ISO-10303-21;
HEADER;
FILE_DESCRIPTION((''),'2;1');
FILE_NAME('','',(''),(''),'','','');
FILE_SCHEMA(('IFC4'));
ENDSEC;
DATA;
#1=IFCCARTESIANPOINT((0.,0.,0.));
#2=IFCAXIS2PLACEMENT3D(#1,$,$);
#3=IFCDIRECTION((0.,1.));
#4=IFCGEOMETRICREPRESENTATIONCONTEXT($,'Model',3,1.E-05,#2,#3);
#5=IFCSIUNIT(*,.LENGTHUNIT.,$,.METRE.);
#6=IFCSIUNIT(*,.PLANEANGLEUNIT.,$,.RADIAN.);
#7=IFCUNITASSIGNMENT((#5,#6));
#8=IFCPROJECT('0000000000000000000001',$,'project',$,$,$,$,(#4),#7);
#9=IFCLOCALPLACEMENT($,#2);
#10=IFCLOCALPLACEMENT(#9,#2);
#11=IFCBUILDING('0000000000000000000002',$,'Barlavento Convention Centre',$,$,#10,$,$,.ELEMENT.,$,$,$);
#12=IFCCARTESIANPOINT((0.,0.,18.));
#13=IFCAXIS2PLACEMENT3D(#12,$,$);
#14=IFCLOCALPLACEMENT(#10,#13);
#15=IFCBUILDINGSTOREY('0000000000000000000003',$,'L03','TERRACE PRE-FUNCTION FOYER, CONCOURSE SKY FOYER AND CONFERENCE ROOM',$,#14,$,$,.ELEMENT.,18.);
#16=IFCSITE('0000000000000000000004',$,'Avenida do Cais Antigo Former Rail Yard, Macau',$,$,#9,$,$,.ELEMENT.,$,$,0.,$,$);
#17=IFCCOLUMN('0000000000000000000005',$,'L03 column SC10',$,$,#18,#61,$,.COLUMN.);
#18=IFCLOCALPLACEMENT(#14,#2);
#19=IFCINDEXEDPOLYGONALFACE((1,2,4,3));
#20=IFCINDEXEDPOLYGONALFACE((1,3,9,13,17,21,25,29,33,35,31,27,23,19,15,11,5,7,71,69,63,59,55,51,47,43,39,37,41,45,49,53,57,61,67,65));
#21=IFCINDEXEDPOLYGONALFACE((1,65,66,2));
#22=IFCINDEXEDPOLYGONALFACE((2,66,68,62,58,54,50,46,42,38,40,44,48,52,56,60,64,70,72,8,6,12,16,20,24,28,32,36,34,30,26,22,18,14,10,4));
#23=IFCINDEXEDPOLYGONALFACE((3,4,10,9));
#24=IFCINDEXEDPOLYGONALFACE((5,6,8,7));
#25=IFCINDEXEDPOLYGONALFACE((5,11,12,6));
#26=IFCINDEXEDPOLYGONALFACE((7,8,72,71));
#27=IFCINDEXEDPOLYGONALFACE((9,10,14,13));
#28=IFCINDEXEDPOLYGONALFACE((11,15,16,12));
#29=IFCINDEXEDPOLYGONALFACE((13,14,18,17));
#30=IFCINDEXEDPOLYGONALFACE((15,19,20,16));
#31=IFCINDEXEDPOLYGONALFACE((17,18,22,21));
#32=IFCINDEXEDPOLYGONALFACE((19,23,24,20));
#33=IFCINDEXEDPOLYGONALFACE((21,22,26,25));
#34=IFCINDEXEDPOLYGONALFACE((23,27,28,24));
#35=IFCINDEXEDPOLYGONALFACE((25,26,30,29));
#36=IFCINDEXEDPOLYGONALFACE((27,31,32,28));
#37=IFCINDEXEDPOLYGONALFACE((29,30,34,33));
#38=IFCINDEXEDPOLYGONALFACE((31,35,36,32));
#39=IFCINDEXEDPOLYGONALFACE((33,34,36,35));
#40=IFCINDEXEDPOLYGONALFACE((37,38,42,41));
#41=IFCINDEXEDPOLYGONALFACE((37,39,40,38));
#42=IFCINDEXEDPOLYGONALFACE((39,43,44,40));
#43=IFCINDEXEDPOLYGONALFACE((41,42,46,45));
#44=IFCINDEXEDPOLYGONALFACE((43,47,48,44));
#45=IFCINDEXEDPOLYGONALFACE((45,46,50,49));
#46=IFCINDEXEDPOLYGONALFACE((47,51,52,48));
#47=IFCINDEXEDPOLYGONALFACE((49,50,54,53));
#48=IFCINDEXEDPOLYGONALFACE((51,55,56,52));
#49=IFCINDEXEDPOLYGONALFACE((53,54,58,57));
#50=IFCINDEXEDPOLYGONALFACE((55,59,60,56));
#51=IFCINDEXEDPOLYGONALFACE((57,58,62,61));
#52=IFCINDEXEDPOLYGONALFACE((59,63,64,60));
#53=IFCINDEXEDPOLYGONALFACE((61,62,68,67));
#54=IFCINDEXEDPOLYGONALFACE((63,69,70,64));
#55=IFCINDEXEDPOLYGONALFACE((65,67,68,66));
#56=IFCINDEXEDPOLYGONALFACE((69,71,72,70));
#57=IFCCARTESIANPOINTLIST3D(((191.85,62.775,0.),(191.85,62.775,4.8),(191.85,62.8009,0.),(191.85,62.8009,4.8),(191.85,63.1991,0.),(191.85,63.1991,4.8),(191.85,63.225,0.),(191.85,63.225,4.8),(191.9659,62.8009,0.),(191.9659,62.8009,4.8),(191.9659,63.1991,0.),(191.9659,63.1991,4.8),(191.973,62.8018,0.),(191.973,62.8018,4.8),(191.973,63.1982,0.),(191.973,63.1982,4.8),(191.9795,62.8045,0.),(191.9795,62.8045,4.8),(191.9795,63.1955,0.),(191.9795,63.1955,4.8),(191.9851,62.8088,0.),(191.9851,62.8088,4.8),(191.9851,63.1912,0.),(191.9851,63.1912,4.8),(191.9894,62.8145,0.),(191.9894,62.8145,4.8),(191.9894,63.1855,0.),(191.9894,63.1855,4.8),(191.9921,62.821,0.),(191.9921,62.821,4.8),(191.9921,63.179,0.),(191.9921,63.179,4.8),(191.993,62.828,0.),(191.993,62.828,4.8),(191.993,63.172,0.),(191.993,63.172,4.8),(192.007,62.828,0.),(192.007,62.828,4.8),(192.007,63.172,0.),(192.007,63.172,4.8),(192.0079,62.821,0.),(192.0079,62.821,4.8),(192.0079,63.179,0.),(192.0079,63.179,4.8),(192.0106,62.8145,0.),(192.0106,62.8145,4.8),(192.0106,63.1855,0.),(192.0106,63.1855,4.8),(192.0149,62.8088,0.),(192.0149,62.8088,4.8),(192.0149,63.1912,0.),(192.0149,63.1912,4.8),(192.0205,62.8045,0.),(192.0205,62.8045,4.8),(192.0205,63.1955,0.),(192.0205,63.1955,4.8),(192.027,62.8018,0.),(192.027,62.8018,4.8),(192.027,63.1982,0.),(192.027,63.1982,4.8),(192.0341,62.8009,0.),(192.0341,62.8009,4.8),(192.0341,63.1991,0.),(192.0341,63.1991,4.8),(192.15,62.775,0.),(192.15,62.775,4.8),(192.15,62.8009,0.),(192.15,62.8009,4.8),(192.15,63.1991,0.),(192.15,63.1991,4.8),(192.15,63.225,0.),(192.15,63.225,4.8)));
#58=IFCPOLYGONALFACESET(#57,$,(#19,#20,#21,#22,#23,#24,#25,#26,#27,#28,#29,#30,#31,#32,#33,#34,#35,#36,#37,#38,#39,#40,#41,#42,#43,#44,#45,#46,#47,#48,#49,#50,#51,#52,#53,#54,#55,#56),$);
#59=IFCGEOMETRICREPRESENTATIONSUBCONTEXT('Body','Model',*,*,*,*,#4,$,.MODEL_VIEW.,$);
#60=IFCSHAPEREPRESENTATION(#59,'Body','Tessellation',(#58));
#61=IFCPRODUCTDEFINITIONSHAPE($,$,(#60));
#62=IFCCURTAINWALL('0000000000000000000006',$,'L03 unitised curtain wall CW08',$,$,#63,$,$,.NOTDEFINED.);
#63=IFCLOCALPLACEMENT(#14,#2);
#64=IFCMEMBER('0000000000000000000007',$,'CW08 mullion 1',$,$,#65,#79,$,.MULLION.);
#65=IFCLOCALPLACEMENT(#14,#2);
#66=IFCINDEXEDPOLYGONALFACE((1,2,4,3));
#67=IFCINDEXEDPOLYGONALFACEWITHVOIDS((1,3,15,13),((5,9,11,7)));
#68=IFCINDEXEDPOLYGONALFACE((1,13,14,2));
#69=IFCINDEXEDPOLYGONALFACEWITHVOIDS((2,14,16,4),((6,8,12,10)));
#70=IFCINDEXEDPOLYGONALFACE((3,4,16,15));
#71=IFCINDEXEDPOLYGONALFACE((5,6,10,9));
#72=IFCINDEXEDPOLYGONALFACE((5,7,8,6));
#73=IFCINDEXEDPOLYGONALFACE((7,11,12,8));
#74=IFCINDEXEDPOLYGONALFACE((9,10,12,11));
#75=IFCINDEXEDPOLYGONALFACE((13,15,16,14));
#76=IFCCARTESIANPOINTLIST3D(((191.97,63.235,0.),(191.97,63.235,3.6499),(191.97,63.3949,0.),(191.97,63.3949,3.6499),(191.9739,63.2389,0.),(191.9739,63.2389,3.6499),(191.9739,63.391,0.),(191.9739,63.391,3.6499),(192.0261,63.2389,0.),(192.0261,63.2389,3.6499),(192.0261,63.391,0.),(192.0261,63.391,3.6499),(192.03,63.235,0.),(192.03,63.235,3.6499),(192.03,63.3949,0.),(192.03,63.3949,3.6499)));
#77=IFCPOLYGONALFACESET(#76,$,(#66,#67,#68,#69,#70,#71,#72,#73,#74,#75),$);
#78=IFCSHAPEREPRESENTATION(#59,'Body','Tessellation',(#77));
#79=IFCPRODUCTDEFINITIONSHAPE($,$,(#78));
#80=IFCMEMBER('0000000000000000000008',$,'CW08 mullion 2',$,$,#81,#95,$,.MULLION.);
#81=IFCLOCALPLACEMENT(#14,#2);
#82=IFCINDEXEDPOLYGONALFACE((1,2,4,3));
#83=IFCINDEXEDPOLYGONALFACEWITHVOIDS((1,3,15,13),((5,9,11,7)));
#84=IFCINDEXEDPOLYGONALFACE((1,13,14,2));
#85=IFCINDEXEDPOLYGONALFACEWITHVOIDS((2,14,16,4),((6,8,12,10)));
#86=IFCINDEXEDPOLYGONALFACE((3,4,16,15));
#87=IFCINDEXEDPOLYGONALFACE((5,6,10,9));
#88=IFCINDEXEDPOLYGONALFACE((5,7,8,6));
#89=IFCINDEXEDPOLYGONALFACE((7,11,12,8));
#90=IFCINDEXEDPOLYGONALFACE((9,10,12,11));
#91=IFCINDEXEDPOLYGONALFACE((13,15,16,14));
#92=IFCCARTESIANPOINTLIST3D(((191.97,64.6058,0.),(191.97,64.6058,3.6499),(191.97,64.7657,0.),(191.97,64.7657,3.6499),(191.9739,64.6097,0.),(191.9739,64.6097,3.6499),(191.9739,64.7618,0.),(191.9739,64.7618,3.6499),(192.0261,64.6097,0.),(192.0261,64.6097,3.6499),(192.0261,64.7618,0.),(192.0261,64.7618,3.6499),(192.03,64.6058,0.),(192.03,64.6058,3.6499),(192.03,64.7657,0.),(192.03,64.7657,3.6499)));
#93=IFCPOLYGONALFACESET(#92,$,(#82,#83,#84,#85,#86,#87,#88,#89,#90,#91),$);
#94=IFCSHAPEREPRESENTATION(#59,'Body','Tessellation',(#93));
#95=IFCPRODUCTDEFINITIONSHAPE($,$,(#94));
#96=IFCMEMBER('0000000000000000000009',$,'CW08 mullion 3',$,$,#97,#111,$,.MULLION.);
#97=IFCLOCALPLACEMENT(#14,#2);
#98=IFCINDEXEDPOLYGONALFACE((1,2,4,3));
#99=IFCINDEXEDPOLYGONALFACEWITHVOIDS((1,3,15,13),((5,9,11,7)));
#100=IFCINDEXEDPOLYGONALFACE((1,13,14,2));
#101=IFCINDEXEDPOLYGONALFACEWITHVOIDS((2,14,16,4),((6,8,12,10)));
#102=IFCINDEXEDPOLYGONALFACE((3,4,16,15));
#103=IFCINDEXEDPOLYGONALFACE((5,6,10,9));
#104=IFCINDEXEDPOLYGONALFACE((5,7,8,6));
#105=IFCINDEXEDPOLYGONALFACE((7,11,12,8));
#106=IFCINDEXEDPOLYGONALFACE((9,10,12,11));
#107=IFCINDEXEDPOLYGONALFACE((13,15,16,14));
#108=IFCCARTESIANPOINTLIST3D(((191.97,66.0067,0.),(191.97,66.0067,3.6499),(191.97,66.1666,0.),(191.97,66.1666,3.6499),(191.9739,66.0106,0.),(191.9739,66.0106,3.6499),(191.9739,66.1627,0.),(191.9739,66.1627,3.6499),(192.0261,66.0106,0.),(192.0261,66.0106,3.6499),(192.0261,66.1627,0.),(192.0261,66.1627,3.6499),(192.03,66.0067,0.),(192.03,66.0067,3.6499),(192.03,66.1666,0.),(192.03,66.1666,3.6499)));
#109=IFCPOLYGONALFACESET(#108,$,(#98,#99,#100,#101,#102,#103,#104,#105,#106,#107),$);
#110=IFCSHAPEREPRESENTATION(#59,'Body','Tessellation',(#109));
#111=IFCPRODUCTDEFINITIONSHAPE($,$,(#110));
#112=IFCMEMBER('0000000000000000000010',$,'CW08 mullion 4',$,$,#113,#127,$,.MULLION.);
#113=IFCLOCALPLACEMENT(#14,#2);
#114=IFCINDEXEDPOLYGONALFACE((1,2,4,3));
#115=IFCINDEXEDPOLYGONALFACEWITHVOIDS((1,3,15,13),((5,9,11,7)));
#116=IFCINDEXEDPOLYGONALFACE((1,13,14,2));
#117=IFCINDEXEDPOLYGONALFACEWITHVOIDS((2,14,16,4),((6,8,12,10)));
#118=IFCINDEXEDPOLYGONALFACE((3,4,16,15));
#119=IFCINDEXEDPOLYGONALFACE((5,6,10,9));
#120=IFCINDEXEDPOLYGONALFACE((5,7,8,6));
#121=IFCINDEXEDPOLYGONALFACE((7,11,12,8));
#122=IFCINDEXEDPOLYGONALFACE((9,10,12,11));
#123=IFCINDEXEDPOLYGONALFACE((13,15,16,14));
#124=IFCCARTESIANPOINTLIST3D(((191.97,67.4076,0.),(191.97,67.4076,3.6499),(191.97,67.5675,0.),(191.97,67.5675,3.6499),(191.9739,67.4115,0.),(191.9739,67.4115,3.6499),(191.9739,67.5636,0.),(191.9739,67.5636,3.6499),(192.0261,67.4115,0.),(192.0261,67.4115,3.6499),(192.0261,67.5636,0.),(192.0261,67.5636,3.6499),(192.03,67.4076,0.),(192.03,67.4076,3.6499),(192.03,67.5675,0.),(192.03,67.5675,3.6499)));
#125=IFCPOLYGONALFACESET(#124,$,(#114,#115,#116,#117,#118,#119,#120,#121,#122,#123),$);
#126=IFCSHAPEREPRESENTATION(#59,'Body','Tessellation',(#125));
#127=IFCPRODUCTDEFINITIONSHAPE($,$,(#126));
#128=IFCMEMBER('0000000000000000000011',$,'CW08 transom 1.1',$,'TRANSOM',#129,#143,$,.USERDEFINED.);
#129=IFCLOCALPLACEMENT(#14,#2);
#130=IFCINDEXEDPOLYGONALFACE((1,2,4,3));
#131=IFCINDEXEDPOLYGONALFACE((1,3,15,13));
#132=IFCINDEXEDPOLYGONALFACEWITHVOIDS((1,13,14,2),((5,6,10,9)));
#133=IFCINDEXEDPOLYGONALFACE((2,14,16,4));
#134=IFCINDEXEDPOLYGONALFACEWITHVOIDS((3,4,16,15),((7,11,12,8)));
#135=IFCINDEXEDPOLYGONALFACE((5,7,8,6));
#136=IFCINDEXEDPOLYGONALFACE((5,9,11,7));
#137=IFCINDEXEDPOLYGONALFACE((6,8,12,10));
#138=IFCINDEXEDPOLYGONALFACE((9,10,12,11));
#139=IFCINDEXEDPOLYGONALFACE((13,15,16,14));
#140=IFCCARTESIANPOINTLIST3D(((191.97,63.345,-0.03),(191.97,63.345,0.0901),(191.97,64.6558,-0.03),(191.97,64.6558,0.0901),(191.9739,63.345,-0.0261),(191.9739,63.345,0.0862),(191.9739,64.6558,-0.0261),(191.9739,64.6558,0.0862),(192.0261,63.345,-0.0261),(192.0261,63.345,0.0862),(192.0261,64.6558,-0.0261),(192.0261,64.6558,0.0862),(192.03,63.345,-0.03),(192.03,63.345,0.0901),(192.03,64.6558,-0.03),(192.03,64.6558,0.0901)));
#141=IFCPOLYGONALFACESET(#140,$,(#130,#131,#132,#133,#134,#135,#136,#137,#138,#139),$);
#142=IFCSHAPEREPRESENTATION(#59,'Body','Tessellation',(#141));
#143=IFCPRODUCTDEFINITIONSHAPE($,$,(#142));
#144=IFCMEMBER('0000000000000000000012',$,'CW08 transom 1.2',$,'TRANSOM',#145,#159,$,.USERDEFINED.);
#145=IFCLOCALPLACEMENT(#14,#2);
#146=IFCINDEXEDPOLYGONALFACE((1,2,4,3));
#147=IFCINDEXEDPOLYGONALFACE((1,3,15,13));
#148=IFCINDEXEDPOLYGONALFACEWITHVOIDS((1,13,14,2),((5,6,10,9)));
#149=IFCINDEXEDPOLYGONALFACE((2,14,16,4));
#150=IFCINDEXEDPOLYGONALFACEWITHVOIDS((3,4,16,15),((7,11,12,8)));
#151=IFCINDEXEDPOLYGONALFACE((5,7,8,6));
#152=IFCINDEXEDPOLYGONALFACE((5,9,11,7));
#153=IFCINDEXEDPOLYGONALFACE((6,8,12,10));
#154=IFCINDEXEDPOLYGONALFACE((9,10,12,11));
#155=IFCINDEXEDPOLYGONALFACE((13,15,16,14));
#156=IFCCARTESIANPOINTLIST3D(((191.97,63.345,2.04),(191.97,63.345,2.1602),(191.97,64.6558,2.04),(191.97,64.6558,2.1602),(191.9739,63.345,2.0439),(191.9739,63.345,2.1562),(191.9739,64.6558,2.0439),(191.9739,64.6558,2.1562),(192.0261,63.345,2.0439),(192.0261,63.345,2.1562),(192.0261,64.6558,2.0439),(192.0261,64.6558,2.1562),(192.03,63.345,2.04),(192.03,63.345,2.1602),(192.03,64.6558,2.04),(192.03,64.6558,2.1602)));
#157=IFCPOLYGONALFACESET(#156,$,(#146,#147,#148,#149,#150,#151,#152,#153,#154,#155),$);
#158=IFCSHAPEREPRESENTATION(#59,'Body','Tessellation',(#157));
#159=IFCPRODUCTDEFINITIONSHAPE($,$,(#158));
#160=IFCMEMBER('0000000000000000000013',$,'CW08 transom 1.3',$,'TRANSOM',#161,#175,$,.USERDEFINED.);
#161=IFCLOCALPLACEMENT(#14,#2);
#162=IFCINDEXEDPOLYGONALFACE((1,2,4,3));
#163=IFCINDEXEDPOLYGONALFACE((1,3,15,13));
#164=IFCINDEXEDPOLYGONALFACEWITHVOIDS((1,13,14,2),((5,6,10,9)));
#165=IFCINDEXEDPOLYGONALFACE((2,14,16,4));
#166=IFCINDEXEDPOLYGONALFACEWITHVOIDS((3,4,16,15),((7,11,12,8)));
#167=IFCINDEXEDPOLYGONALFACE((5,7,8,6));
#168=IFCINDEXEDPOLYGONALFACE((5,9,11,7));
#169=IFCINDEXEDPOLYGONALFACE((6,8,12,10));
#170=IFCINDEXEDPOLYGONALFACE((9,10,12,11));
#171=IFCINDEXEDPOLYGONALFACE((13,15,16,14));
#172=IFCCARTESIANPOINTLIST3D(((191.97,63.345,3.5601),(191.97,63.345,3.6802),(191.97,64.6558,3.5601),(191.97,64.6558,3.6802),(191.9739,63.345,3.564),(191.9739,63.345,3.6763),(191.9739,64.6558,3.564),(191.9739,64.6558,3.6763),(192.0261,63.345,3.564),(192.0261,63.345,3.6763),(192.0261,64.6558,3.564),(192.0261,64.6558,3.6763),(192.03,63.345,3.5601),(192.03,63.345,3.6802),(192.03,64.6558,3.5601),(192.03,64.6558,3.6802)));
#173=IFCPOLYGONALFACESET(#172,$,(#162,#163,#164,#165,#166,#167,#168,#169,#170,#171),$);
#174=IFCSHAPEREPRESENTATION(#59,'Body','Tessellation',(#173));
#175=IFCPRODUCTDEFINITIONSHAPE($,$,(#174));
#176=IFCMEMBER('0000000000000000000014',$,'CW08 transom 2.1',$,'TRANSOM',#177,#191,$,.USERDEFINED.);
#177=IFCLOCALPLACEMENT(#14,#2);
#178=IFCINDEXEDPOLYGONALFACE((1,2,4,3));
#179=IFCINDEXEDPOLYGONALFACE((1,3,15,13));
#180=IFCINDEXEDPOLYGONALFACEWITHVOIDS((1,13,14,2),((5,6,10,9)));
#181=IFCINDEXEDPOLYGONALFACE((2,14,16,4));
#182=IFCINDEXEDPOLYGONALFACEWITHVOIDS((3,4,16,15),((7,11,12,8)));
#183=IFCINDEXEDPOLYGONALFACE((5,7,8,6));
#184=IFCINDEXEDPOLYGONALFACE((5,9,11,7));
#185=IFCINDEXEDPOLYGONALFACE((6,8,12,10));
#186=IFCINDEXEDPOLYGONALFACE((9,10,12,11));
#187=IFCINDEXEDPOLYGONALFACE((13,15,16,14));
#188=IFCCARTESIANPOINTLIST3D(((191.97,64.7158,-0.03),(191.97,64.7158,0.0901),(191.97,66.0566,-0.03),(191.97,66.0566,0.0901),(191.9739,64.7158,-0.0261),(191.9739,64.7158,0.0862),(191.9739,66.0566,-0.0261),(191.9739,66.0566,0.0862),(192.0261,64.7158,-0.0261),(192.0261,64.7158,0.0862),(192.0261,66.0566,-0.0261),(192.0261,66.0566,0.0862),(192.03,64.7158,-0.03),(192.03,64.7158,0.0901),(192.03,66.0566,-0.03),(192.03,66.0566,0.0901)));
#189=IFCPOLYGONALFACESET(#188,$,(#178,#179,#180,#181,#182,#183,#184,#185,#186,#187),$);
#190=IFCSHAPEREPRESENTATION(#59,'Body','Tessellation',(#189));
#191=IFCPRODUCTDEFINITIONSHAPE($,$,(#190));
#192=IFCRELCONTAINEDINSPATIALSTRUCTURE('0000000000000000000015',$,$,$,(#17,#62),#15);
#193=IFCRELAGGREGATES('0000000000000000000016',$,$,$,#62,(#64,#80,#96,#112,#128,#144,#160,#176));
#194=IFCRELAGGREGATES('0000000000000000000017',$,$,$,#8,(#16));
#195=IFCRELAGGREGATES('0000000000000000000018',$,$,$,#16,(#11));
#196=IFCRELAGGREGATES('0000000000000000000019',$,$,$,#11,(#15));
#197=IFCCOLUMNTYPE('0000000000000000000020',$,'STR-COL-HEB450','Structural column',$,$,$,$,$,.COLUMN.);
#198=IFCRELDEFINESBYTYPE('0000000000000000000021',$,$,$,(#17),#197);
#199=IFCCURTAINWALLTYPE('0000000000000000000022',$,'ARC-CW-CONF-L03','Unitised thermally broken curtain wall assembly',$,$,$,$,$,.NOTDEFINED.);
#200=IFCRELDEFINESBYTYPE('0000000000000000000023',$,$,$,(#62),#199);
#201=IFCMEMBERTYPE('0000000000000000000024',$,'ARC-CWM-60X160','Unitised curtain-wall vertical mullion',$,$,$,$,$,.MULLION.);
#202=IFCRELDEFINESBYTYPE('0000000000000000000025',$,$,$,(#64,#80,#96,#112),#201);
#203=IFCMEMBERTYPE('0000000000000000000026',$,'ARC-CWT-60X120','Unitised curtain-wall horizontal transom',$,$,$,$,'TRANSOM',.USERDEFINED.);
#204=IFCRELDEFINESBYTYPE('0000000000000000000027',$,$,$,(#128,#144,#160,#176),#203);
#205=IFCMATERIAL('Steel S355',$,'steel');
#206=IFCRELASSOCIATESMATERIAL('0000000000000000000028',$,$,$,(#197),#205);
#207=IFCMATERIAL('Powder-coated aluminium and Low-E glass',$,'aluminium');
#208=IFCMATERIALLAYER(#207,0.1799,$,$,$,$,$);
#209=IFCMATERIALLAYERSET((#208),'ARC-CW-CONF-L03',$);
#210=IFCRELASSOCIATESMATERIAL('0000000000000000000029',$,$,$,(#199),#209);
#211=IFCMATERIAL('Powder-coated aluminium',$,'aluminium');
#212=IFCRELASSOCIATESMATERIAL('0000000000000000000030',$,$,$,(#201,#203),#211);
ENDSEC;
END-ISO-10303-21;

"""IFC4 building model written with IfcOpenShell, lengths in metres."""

from ifc_helpers import new_model, si_unit, direction, frame, origin, origin_2d, place, context, subcontext, project, spatial, hollow_rectangle, i_section, extrude, material, layer, layer_set, material_profile, profile_set, type_object, element, aggregate, save


model = new_model("IFC4")

# Units and contexts
model_context = context("Model", 3, precision=1e-05, world=origin(), true_north=direction((0.0, 1.0)))
body_context = subcontext(model_context, "Body", "Model", "MODEL_VIEW")
ifc_project = project(units=[si_unit("LENGTHUNIT", "METRE"), si_unit("PLANEANGLEUNIT", "RADIAN")], contexts=[model_context])

# Site, building, storey
site_placement = place(None, origin())
site = spatial("IfcSite", under=ifc_project, at=site_placement, Name="Avenida do Cais Antigo Former Rail Yard, Macau", CompositionType="ELEMENT", RefElevation=0.0)
building_placement = place(site_placement, origin())
building = spatial("IfcBuilding", under=site, at=building_placement, Name="Barlavento Convention Centre", CompositionType="ELEMENT")
storey_placement = place(building_placement, frame((0.0, 0.0, 18.0)))
storey = spatial("IfcBuildingStorey", under=building, at=storey_placement, Name="L03", Description="TERRACE PRE-FUNCTION FOYER, CONCOURSE SKY FOYER AND CONFERENCE ROOM", CompositionType="ELEMENT", Elevation=18.0)

# Column
ifc_material_1 = material(Name="Steel S355", Category="steel")
ifc_material_profile_1 = material_profile(ifc_material_1, i_section(OverallWidth=0.3, OverallDepth=0.45, WebThickness=0.0139, FlangeThickness=0.0259, FilletRadius=0.0271, at=origin_2d()), Name="HEB 450")
ifc_profile_set_1 = profile_set([ifc_material_profile_1], Name="Steel S355")
column_type = type_object("IfcColumnType", Name="STR-COL-HEB450", Description="Structural column", PredefinedType="COLUMN", material=ifc_profile_set_1)
column_placement = place(storey_placement, frame((192.0, 63.0, 0.0), z_axis=(0.0, 0.0, 1.0), x_axis=(1.0, 0.0, 0.0)))
element("IfcColumn", 1, at=column_placement, inside=storey, type_object=column_type, Name="L03 column SC10", PredefinedType="COLUMN", context=body_context, shape_type="SweptSolid", body=[
    extrude(i_section(OverallWidth=0.3, OverallDepth=0.45, WebThickness=0.0139, FlangeThickness=0.0259, FilletRadius=0.0271, at=origin_2d()), origin(), (0.0, 0.0, 1.0), 4.8),
])

# Curtain wall, members
ifc_material_2 = material(Name="Powder-coated aluminium and Low-E glass", Category="aluminium")
ifc_layer_1 = layer(ifc_material_2, 0.1799)
ifc_layer_set_1 = layer_set([ifc_layer_1], Name="ARC-CW-CONF-L03")
curtain_wall_type = type_object("IfcCurtainWallType", Name="ARC-CW-CONF-L03", Description="Unitised thermally broken curtain wall assembly", PredefinedType="NOTDEFINED", material=ifc_layer_set_1)
curtain_wall_placement = place(storey_placement, origin())
curtain_wall = element("IfcCurtainWall", 2, at=curtain_wall_placement, inside=storey, type_object=curtain_wall_type, Name="L03 unitised curtain wall CW08", PredefinedType="NOTDEFINED")
ifc_material_3 = material(Name="Powder-coated aluminium", Category="aluminium")
ifc_material_profile_2 = material_profile(ifc_material_3, hollow_rectangle(XDim=0.0601, YDim=0.1599, WallThickness=0.0039, at=origin_2d()), Name="AL-MULL 60x160x4")
ifc_profile_set_2 = profile_set([ifc_material_profile_2], Name="Powder-coated aluminium")
member_type_1 = type_object("IfcMemberType", Name="ARC-CWM-60X160", Description="Unitised curtain-wall vertical mullion", PredefinedType="MULLION", material=ifc_profile_set_2)
member_1_placement = place(storey_placement, frame((192.0, 63.3149, 0.0), z_axis=(0.0, 0.0, 1.0), x_axis=(-1.0, 0.0, 0.0)))
member_1 = element("IfcMember", 3, at=member_1_placement, type_object=member_type_1, Name="CW08 mullion 1", PredefinedType="MULLION", context=body_context, shape_type="SweptSolid", body=[
    extrude(hollow_rectangle(XDim=0.0601, YDim=0.1599, WallThickness=0.0039, at=origin_2d()), origin(), (0.0, 0.0, 1.0), 3.6499),
])
member_2_placement = place(storey_placement, frame((192.0, 64.6858, 0.0), z_axis=(0.0, 0.0, 1.0), x_axis=(-1.0, 0.0, 0.0)))
member_2 = element("IfcMember", 4, at=member_2_placement, type_object=member_type_1, Name="CW08 mullion 2", PredefinedType="MULLION", context=body_context, shape_type="SweptSolid", body=[
    extrude(hollow_rectangle(XDim=0.0601, YDim=0.1599, WallThickness=0.0039, at=origin_2d()), origin(), (0.0, 0.0, 1.0), 3.6499),
])
member_3_placement = place(storey_placement, frame((192.0, 66.0867, 0.0), z_axis=(0.0, 0.0, 1.0), x_axis=(-1.0, 0.0, 0.0)))
member_3 = element("IfcMember", 5, at=member_3_placement, type_object=member_type_1, Name="CW08 mullion 3", PredefinedType="MULLION", context=body_context, shape_type="SweptSolid", body=[
    extrude(hollow_rectangle(XDim=0.0601, YDim=0.1599, WallThickness=0.0039, at=origin_2d()), origin(), (0.0, 0.0, 1.0), 3.6499),
])
member_4_placement = place(storey_placement, frame((192.0, 67.4875, 0.0), z_axis=(0.0, 0.0, 1.0), x_axis=(-1.0, 0.0, 0.0)))
member_4 = element("IfcMember", 6, at=member_4_placement, type_object=member_type_1, Name="CW08 mullion 4", PredefinedType="MULLION", context=body_context, shape_type="SweptSolid", body=[
    extrude(hollow_rectangle(XDim=0.0601, YDim=0.1599, WallThickness=0.0039, at=origin_2d()), origin(), (0.0, 0.0, 1.0), 3.6499),
])
ifc_material_profile_3 = material_profile(ifc_material_3, hollow_rectangle(XDim=0.0601, YDim=0.1201, WallThickness=0.0039, at=origin_2d()), Name="AL-TRAN 60x120x4")
ifc_profile_set_3 = profile_set([ifc_material_profile_3], Name="Powder-coated aluminium")
member_type_2 = type_object("IfcMemberType", Name="ARC-CWT-60X120", Description="Unitised curtain-wall horizontal transom", ElementType="TRANSOM", PredefinedType="USERDEFINED", material=ifc_profile_set_3)
member_5_placement = place(storey_placement, frame((192.0, 63.345, 0.03), z_axis=(0.0, 1.0, 0.0), x_axis=(-1.0, 0.0, 0.0)))
member_5 = element("IfcMember", 7, at=member_5_placement, type_object=member_type_2, Name="CW08 transom 1.1", ObjectType="TRANSOM", PredefinedType="USERDEFINED", context=body_context, shape_type="SweptSolid", body=[
    extrude(hollow_rectangle(XDim=0.0601, YDim=0.1201, WallThickness=0.0039, at=origin_2d()), origin(), (0.0, 0.0, 1.0), 1.3108),
])
member_6_placement = place(storey_placement, frame((192.0, 63.345, 2.1001), z_axis=(0.0, 1.0, 0.0), x_axis=(-1.0, 0.0, 0.0)))
member_6 = element("IfcMember", 8, at=member_6_placement, type_object=member_type_2, Name="CW08 transom 1.2", ObjectType="TRANSOM", PredefinedType="USERDEFINED", context=body_context, shape_type="SweptSolid", body=[
    extrude(hollow_rectangle(XDim=0.0601, YDim=0.1201, WallThickness=0.0039, at=origin_2d()), origin(), (0.0, 0.0, 1.0), 1.3108),
])
member_7_placement = place(storey_placement, frame((192.0, 63.345, 3.6201), z_axis=(0.0, 1.0, 0.0), x_axis=(-1.0, 0.0, 0.0)))
member_7 = element("IfcMember", 9, at=member_7_placement, type_object=member_type_2, Name="CW08 transom 1.3", ObjectType="TRANSOM", PredefinedType="USERDEFINED", context=body_context, shape_type="SweptSolid", body=[
    extrude(hollow_rectangle(XDim=0.0601, YDim=0.1201, WallThickness=0.0039, at=origin_2d()), origin(), (0.0, 0.0, 1.0), 1.3108),
])
member_8_placement = place(storey_placement, frame((192.0, 64.7158, 0.03), z_axis=(0.0, 1.0, 0.0), x_axis=(-1.0, 0.0, 0.0)))
member_8 = element("IfcMember", 10, at=member_8_placement, type_object=member_type_2, Name="CW08 transom 2.1", ObjectType="TRANSOM", PredefinedType="USERDEFINED", context=body_context, shape_type="SweptSolid", body=[
    extrude(hollow_rectangle(XDim=0.0601, YDim=0.1201, WallThickness=0.0039, at=origin_2d()), origin(), (0.0, 0.0, 1.0), 1.3408),
])

aggregate(curtain_wall, [member_1, member_2, member_3, member_4, member_5, member_6, member_7, member_8])

save(model, "model.ifc")
